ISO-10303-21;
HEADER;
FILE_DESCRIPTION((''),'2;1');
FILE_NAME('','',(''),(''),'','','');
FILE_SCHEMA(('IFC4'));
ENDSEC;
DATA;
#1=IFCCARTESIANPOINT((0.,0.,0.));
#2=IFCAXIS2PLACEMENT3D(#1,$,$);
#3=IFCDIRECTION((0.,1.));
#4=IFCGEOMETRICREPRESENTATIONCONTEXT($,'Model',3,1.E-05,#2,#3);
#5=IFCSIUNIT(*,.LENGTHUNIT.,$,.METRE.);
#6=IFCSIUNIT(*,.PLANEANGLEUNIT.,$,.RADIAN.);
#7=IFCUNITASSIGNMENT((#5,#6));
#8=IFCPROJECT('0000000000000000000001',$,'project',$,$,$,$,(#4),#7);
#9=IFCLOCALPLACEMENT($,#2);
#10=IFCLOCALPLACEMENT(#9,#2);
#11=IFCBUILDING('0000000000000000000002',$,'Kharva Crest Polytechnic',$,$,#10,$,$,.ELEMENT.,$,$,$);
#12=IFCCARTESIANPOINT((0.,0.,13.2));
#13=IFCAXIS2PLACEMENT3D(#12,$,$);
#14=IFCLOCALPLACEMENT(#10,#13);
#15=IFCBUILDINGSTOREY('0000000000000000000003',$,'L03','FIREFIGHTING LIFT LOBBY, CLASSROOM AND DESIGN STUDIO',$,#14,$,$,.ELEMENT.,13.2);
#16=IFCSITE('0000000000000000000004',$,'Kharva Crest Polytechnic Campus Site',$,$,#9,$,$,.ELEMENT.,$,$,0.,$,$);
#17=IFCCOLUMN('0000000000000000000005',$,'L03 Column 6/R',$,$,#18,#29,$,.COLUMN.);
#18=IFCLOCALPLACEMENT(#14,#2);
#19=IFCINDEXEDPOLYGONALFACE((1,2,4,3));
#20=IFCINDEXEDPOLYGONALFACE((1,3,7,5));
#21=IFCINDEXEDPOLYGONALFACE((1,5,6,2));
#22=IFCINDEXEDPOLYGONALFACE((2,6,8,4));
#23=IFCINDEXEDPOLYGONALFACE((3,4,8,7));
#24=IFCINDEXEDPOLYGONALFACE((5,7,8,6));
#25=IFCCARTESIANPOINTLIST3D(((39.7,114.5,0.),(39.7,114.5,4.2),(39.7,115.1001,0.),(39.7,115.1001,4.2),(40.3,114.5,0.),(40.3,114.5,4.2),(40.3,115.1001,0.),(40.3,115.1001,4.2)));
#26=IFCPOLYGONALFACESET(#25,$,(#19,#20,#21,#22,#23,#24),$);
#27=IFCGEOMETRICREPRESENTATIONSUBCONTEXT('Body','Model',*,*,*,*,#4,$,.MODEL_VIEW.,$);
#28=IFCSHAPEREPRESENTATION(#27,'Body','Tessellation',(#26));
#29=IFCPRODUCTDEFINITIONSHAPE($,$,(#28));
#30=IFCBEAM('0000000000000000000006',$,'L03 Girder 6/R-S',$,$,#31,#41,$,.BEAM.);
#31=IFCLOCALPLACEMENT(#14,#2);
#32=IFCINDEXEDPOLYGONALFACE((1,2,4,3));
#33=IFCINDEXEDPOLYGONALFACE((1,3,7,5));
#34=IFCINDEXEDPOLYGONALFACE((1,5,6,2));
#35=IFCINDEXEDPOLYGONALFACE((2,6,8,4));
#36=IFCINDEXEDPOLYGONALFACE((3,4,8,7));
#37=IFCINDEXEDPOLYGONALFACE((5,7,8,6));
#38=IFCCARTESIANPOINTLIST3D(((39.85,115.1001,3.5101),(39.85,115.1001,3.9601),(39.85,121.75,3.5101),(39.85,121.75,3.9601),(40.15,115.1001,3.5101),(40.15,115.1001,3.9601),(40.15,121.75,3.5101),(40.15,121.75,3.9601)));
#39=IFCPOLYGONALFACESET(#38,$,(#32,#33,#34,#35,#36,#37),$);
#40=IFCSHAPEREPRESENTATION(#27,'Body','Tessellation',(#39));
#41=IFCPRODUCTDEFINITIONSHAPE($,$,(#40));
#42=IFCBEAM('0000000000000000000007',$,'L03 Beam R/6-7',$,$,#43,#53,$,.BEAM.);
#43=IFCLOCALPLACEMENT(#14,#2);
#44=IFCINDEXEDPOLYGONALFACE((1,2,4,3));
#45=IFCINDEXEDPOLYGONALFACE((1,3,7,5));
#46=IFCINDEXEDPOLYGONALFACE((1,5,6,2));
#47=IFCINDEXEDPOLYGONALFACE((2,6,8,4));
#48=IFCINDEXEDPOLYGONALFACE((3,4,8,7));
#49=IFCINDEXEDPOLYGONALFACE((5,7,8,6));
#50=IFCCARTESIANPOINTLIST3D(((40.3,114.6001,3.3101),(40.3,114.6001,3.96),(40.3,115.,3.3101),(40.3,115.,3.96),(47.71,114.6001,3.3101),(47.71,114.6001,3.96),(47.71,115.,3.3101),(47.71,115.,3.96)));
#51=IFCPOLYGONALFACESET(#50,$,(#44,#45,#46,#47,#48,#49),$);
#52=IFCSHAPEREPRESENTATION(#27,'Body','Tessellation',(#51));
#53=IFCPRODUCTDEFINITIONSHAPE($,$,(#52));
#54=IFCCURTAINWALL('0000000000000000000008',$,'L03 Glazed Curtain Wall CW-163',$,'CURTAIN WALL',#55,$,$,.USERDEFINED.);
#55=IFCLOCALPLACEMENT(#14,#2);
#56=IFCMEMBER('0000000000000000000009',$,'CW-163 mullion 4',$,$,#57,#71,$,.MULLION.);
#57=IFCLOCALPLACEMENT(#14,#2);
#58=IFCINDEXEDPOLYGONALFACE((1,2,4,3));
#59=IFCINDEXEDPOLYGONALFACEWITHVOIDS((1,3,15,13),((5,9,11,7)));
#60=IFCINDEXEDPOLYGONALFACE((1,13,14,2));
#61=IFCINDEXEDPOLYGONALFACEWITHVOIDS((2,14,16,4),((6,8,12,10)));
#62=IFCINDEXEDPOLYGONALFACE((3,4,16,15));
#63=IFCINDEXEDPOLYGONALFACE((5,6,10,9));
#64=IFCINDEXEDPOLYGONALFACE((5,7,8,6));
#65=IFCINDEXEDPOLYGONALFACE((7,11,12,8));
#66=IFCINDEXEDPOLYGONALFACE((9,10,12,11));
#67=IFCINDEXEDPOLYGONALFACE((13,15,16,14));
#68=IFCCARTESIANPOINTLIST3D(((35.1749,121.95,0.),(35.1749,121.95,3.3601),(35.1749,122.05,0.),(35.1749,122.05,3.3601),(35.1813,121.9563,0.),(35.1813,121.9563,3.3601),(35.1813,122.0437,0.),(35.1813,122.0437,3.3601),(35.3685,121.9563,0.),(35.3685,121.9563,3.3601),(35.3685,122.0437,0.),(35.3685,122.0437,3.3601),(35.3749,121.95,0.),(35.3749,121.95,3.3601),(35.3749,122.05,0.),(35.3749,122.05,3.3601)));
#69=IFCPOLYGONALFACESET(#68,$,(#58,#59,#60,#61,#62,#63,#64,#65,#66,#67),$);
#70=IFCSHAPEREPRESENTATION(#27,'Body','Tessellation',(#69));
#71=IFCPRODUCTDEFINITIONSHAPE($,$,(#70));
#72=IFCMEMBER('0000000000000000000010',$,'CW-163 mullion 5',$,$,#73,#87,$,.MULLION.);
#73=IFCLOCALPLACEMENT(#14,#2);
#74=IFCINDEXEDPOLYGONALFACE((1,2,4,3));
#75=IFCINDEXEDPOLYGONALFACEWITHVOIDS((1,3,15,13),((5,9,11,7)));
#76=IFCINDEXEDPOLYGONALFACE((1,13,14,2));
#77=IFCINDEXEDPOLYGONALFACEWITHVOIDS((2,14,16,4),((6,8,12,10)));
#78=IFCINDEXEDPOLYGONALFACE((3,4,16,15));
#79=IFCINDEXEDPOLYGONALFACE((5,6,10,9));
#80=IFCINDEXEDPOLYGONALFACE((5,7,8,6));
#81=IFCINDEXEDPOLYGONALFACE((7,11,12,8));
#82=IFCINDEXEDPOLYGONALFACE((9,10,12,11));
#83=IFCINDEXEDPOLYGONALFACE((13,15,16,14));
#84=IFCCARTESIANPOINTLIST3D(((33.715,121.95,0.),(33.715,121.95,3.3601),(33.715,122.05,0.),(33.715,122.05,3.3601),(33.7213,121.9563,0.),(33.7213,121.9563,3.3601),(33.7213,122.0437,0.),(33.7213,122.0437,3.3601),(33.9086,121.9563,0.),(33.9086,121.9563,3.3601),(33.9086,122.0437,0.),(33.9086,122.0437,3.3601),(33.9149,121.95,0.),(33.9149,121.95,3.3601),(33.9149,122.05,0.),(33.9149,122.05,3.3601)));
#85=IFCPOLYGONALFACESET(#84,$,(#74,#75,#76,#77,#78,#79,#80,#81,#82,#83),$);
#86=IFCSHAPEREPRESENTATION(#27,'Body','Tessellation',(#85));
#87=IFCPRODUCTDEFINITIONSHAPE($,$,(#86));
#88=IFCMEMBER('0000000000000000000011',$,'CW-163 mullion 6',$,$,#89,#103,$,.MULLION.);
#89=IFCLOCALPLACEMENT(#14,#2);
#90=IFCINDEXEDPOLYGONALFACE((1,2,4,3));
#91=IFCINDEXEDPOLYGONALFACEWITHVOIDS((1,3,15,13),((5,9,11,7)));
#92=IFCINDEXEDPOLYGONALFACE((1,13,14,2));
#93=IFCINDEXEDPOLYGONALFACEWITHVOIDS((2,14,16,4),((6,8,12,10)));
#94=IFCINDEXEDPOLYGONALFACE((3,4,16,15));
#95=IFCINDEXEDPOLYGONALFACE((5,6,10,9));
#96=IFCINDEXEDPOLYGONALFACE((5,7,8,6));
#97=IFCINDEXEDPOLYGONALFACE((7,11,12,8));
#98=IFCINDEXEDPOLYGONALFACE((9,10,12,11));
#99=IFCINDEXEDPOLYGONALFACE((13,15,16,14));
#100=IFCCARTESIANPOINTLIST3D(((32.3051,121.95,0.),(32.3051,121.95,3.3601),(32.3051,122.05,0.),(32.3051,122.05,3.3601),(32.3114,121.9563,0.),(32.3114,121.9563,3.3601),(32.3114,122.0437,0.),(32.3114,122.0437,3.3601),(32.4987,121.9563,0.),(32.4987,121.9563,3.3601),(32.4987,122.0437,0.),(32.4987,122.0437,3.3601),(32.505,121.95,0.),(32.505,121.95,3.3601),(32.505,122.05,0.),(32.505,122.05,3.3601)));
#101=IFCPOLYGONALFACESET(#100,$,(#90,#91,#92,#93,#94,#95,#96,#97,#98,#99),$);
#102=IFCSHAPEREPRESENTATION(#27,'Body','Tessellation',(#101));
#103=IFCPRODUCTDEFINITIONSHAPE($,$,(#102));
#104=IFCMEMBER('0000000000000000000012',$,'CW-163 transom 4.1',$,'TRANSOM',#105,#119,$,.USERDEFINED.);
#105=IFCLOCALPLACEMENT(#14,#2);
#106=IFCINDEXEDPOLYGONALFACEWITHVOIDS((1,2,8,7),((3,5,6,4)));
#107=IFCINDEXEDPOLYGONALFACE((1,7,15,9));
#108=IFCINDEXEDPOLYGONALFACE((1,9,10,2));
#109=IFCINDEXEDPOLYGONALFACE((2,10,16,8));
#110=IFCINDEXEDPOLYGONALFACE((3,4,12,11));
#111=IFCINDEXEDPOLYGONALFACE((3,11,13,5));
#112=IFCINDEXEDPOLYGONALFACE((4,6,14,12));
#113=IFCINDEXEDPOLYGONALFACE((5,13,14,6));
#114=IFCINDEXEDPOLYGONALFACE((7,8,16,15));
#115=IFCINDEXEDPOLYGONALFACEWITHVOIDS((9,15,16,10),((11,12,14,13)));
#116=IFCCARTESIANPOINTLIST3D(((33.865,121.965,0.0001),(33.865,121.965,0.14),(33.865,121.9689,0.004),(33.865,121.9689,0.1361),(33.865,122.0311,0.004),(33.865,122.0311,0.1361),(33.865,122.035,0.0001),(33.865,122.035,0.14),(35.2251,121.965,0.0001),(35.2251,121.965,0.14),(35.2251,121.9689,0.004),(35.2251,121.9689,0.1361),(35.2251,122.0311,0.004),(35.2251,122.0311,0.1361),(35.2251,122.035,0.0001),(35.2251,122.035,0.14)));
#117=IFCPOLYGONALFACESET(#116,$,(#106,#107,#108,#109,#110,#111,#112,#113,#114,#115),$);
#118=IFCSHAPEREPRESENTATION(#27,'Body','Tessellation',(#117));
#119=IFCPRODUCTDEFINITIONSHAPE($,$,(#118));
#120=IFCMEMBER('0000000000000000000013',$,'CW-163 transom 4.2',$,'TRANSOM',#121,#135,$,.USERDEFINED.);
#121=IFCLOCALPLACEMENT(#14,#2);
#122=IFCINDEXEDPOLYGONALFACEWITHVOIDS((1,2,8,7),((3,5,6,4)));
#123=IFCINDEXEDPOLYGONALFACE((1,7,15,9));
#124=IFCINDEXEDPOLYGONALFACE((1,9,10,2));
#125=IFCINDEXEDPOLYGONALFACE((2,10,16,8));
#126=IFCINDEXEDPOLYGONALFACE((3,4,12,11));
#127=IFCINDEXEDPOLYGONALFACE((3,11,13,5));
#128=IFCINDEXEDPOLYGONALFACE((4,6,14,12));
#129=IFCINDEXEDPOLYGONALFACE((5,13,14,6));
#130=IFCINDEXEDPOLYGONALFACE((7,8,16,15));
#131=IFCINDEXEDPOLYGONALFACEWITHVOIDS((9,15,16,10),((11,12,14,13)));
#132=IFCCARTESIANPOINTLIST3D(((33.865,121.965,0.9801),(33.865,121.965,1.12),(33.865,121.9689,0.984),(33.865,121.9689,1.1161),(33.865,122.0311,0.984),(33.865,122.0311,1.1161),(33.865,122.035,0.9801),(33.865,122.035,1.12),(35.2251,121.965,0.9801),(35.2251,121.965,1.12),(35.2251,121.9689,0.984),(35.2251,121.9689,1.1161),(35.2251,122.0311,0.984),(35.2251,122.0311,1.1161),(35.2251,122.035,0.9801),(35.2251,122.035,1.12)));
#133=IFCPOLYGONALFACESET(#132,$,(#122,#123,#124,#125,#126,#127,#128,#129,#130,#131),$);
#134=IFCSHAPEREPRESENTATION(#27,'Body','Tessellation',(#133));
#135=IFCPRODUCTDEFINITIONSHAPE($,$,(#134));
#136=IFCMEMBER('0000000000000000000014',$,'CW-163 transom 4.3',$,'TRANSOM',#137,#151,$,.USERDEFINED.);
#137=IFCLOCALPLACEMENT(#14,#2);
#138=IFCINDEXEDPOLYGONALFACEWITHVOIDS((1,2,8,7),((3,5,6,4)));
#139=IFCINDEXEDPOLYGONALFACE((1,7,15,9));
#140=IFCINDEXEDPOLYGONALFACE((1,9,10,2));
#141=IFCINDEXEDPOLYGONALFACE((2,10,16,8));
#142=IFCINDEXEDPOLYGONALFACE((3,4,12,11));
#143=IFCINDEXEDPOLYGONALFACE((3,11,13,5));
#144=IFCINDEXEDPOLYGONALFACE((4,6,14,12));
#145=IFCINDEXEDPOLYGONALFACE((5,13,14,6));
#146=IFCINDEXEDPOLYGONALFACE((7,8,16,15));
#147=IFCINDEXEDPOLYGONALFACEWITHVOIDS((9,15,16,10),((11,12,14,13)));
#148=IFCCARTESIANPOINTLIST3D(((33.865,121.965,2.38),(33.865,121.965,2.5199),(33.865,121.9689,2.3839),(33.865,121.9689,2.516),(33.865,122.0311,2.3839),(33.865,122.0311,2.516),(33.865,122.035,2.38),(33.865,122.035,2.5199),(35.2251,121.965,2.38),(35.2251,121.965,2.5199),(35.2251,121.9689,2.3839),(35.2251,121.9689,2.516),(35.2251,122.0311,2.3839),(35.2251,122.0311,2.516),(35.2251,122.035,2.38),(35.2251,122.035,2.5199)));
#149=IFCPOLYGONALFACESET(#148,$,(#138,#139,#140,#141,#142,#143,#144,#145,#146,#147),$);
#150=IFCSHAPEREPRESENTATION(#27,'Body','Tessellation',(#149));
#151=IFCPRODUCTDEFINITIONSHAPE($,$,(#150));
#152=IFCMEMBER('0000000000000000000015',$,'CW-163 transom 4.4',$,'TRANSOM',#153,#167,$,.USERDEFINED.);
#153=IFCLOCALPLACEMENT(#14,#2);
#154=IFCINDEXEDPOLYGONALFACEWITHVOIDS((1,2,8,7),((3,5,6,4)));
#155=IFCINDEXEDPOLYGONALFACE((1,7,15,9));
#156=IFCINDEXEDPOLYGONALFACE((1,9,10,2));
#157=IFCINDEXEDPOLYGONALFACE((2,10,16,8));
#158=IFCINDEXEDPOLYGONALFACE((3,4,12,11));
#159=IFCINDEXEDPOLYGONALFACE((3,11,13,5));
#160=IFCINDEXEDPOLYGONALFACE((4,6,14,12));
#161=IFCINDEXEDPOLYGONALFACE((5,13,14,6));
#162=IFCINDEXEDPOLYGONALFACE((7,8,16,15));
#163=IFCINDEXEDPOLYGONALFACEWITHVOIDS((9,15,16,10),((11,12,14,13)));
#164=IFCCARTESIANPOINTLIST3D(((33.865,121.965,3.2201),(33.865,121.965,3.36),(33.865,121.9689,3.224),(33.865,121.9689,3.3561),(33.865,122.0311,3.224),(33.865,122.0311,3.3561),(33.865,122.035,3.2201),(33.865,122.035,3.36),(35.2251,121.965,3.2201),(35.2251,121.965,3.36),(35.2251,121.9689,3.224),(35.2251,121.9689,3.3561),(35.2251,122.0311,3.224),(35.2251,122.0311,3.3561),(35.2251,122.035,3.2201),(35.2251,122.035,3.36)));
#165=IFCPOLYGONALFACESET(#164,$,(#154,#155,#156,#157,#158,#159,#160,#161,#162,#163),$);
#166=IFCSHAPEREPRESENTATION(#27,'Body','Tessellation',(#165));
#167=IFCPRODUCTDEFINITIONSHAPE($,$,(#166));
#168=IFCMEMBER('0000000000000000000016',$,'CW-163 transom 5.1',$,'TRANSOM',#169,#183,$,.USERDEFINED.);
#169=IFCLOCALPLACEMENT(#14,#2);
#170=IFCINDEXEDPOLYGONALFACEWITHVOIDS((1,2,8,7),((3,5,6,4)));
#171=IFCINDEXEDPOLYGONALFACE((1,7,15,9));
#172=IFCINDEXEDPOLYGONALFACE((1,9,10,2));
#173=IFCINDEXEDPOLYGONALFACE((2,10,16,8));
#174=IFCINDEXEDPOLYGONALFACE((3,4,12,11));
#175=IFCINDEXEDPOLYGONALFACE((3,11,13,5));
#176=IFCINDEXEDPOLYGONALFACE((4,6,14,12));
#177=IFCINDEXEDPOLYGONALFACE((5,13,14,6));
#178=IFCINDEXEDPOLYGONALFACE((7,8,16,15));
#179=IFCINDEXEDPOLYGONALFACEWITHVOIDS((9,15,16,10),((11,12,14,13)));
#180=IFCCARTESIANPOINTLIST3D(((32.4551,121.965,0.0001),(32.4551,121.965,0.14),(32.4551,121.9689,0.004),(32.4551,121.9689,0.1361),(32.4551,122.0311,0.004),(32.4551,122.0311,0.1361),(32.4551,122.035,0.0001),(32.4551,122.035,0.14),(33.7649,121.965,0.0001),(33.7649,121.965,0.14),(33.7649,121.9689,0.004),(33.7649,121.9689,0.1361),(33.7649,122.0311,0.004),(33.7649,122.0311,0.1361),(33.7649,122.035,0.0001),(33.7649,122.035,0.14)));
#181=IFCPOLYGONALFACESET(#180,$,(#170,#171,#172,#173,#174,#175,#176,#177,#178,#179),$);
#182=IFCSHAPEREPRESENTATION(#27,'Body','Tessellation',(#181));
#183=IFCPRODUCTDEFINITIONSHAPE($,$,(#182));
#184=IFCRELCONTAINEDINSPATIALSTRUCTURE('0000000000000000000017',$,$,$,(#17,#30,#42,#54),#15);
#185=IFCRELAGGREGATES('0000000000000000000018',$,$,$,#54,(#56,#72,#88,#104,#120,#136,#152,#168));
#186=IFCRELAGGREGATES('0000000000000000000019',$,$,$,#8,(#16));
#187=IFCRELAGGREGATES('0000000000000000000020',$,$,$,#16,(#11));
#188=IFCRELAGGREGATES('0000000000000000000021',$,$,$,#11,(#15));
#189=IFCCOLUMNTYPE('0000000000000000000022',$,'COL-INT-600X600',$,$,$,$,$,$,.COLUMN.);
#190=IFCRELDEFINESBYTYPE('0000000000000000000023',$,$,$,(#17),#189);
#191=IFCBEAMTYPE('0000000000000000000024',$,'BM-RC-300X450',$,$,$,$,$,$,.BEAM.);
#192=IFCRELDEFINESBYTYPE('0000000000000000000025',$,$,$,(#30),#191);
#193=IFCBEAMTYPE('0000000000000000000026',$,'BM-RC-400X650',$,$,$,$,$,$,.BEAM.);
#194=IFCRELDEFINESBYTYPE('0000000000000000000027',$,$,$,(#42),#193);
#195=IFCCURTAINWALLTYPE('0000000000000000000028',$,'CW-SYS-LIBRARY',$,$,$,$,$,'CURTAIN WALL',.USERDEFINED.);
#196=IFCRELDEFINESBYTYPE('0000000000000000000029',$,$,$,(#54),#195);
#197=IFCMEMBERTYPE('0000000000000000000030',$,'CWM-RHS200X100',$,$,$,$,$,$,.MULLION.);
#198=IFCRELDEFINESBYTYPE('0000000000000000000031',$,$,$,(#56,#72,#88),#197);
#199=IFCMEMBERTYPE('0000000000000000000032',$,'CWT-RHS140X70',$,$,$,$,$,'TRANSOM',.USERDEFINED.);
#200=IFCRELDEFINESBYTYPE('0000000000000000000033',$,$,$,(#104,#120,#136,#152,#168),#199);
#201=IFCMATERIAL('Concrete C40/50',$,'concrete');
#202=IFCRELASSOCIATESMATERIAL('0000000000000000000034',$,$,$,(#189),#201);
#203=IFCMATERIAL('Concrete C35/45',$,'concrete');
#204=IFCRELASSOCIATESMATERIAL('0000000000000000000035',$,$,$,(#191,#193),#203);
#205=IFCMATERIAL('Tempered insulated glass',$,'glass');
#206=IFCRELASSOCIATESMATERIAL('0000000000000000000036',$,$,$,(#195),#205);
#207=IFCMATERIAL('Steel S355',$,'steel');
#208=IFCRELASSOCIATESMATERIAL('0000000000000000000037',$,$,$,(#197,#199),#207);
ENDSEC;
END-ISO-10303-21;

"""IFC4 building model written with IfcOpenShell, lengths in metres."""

from ifc_helpers import new_model, si_unit, direction, frame, origin, origin_2d, place, context, subcontext, project, spatial, rectangle, hollow_rectangle, extrude, material, material_profile, profile_set, type_object, element, aggregate, save


model = new_model("IFC4")

# Units and contexts
model_context = context("Model", 3, precision=1e-05, world=origin(), true_north=direction((0.0, 1.0)))
body_context = subcontext(model_context, "Body", "Model", "MODEL_VIEW")
ifc_project = project(units=[si_unit("LENGTHUNIT", "METRE"), si_unit("PLANEANGLEUNIT", "RADIAN")], contexts=[model_context])

# Site, building, storey
site_placement = place(None, origin())
site = spatial("IfcSite", under=ifc_project, at=site_placement, Name="Kharva Crest Polytechnic Campus Site", CompositionType="ELEMENT", RefElevation=0.0)
building_placement = place(site_placement, origin())
building = spatial("IfcBuilding", under=site, at=building_placement, Name="Kharva Crest Polytechnic", CompositionType="ELEMENT")
storey_placement = place(building_placement, frame((0.0, 0.0, 13.2)))
storey = spatial("IfcBuildingStorey", under=building, at=storey_placement, Name="L03", Description="FIREFIGHTING LIFT LOBBY, CLASSROOM AND DESIGN STUDIO", CompositionType="ELEMENT", Elevation=13.2)

# Column
ifc_material_1 = material(Name="Concrete C40/50", Category="concrete")
ifc_material_profile_1 = material_profile(ifc_material_1, rectangle(XDim=0.6001, YDim=0.6001, at=origin_2d()), Name="RECT 600 X 600")
ifc_profile_set_1 = profile_set([ifc_material_profile_1], Name="Concrete C40/50")
column_type = type_object("IfcColumnType", Name="COL-INT-600X600", PredefinedType="COLUMN", material=ifc_profile_set_1)
column_placement = place(storey_placement, frame((40.0, 114.8, 0.0), z_axis=(0.0, 0.0, 1.0), x_axis=(1.0, 0.0, 0.0)))
element("IfcColumn", 1, at=column_placement, inside=storey, type_object=column_type, Name="L03 Column 6/R", PredefinedType="COLUMN", context=body_context, shape_type="SweptSolid", body=[
    extrude(rectangle(XDim=0.6001, YDim=0.6001, at=origin_2d()), origin(), (0.0, 0.0, 1.0), 4.2),
])

# Beams
ifc_material_2 = material(Name="Concrete C35/45", Category="concrete")
ifc_material_profile_2 = material_profile(ifc_material_2, rectangle(XDim=0.3, YDim=0.45, at=origin_2d()), Name="RECT 300 X 450")
ifc_profile_set_2 = profile_set([ifc_material_profile_2], Name="Concrete C35/45")
beam_type_1 = type_object("IfcBeamType", Name="BM-RC-300X450", PredefinedType="BEAM", material=ifc_profile_set_2)
beam_1_placement = place(storey_placement, frame((40.0, 115.1001, 3.7351), z_axis=(0.0, 1.0, 0.0), x_axis=(-1.0, 0.0, 0.0)))
element("IfcBeam", 2, at=beam_1_placement, inside=storey, type_object=beam_type_1, Name="L03 Girder 6/R-S", PredefinedType="BEAM", context=body_context, shape_type="SweptSolid", body=[
    extrude(rectangle(XDim=0.3, YDim=0.45, at=origin_2d()), origin(), (0.0, 0.0, 1.0), 6.6499),
])
ifc_material_profile_3 = material_profile(ifc_material_2, rectangle(XDim=0.3999, YDim=0.6499, at=origin_2d()), Name="RECT 400 X 650")
ifc_profile_set_3 = profile_set([ifc_material_profile_3], Name="Concrete C35/45")
beam_type_2 = type_object("IfcBeamType", Name="BM-RC-400X650", PredefinedType="BEAM", material=ifc_profile_set_3)
beam_2_placement = place(storey_placement, frame((40.3, 114.8, 3.635), z_axis=(1.0, 0.0, 0.0), x_axis=(0.0, 1.0, 0.0)))
element("IfcBeam", 3, at=beam_2_placement, inside=storey, type_object=beam_type_2, Name="L03 Beam R/6-7", PredefinedType="BEAM", context=body_context, shape_type="SweptSolid", body=[
    extrude(rectangle(XDim=0.3999, YDim=0.6499, at=origin_2d()), origin(), (0.0, 0.0, 1.0), 7.4099),
])

# Curtain wall, members
ifc_material_3 = material(Name="Tempered insulated glass", Category="glass")
curtain_wall_type = type_object("IfcCurtainWallType", Name="CW-SYS-LIBRARY", ElementType="CURTAIN WALL", PredefinedType="USERDEFINED", material=ifc_material_3)
curtain_wall_placement = place(storey_placement, origin())
curtain_wall = element("IfcCurtainWall", 4, at=curtain_wall_placement, inside=storey, type_object=curtain_wall_type, Name="L03 Glazed Curtain Wall CW-163", ObjectType="CURTAIN WALL", PredefinedType="USERDEFINED")
ifc_material_4 = material(Name="Steel S355", Category="steel")
ifc_material_profile_4 = material_profile(ifc_material_4, hollow_rectangle(XDim=0.1001, YDim=0.2, WallThickness=0.0063, at=origin_2d()), Name="RHS 200X100X6.3")
ifc_profile_set_4 = profile_set([ifc_material_profile_4], Name="Steel S355")
member_type_1 = type_object("IfcMemberType", Name="CWM-RHS200X100", PredefinedType="MULLION", material=ifc_profile_set_4)
member_1_placement = place(storey_placement, frame((35.2749, 122.0, 0.0), z_axis=(0.0, 0.0, 1.0), x_axis=(0.0, -1.0, 0.0)))
member_1 = element("IfcMember", 5, at=member_1_placement, type_object=member_type_1, Name="CW-163 mullion 4", PredefinedType="MULLION", context=body_context, shape_type="SweptSolid", body=[
    extrude(hollow_rectangle(XDim=0.1001, YDim=0.2, WallThickness=0.0063, at=origin_2d()), origin(), (0.0, 0.0, 1.0), 3.3601),
])
member_2_placement = place(storey_placement, frame((33.8149, 122.0, 0.0), z_axis=(0.0, 0.0, 1.0), x_axis=(0.0, -1.0, 0.0)))
member_2 = element("IfcMember", 6, at=member_2_placement, type_object=member_type_1, Name="CW-163 mullion 5", PredefinedType="MULLION", context=body_context, shape_type="SweptSolid", body=[
    extrude(hollow_rectangle(XDim=0.1001, YDim=0.2, WallThickness=0.0063, at=origin_2d()), origin(), (0.0, 0.0, 1.0), 3.3601),
])
member_3_placement = place(storey_placement, frame((32.405, 122.0, 0.0), z_axis=(0.0, 0.0, 1.0), x_axis=(0.0, -1.0, 0.0)))
member_3 = element("IfcMember", 7, at=member_3_placement, type_object=member_type_1, Name="CW-163 mullion 6", PredefinedType="MULLION", context=body_context, shape_type="SweptSolid", body=[
    extrude(hollow_rectangle(XDim=0.1001, YDim=0.2, WallThickness=0.0063, at=origin_2d()), origin(), (0.0, 0.0, 1.0), 3.3601),
])
ifc_material_profile_5 = material_profile(ifc_material_4, hollow_rectangle(XDim=0.0701, YDim=0.1399, WallThickness=0.0039, at=origin_2d()), Name="RHS 140X70X4.0")
ifc_profile_set_5 = profile_set([ifc_material_profile_5], Name="Steel S355")
member_type_2 = type_object("IfcMemberType", Name="CWT-RHS140X70", ElementType="TRANSOM", PredefinedType="USERDEFINED", material=ifc_profile_set_5)
member_4_placement = place(storey_placement, frame((35.2251, 122.0, 0.0701), z_axis=(-1.0, 0.0, 0.0), x_axis=(0.0, -1.0, 0.0)))
member_4 = element("IfcMember", 8, at=member_4_placement, type_object=member_type_2, Name="CW-163 transom 4.1", ObjectType="TRANSOM", PredefinedType="USERDEFINED", context=body_context, shape_type="SweptSolid", body=[
    extrude(hollow_rectangle(XDim=0.0701, YDim=0.1399, WallThickness=0.0039, at=origin_2d()), origin(), (0.0, 0.0, 1.0), 1.3601),
])
member_5_placement = place(storey_placement, frame((35.2251, 122.0, 1.05), z_axis=(-1.0, 0.0, 0.0), x_axis=(0.0, -1.0, 0.0)))
member_5 = element("IfcMember", 9, at=member_5_placement, type_object=member_type_2, Name="CW-163 transom 4.2", ObjectType="TRANSOM", PredefinedType="USERDEFINED", context=body_context, shape_type="SweptSolid", body=[
    extrude(hollow_rectangle(XDim=0.0701, YDim=0.1399, WallThickness=0.0039, at=origin_2d()), origin(), (0.0, 0.0, 1.0), 1.3601),
])
member_6_placement = place(storey_placement, frame((35.2251, 122.0, 2.45), z_axis=(-1.0, 0.0, 0.0), x_axis=(0.0, -1.0, 0.0)))
member_6 = element("IfcMember", 10, at=member_6_placement, type_object=member_type_2, Name="CW-163 transom 4.3", ObjectType="TRANSOM", PredefinedType="USERDEFINED", context=body_context, shape_type="SweptSolid", body=[
    extrude(hollow_rectangle(XDim=0.0701, YDim=0.1399, WallThickness=0.0039, at=origin_2d()), origin(), (0.0, 0.0, 1.0), 1.3601),
])
member_7_placement = place(storey_placement, frame((35.2251, 122.0, 3.29), z_axis=(-1.0, 0.0, 0.0), x_axis=(0.0, -1.0, 0.0)))
member_7 = element("IfcMember", 11, at=member_7_placement, type_object=member_type_2, Name="CW-163 transom 4.4", ObjectType="TRANSOM", PredefinedType="USERDEFINED", context=body_context, shape_type="SweptSolid", body=[
    extrude(hollow_rectangle(XDim=0.0701, YDim=0.1399, WallThickness=0.0039, at=origin_2d()), origin(), (0.0, 0.0, 1.0), 1.3601),
])
member_8_placement = place(storey_placement, frame((33.7649, 122.0, 0.0701), z_axis=(-1.0, 0.0, 0.0), x_axis=(0.0, -1.0, 0.0)))
member_8 = element("IfcMember", 12, at=member_8_placement, type_object=member_type_2, Name="CW-163 transom 5.1", ObjectType="TRANSOM", PredefinedType="USERDEFINED", context=body_context, shape_type="SweptSolid", body=[
    extrude(hollow_rectangle(XDim=0.0701, YDim=0.1399, WallThickness=0.0039, at=origin_2d()), origin(), (0.0, 0.0, 1.0), 1.3098),
])

aggregate(curtain_wall, [member_1, member_2, member_3, member_4, member_5, member_6, member_7, member_8])

save(model, "model.ifc")
